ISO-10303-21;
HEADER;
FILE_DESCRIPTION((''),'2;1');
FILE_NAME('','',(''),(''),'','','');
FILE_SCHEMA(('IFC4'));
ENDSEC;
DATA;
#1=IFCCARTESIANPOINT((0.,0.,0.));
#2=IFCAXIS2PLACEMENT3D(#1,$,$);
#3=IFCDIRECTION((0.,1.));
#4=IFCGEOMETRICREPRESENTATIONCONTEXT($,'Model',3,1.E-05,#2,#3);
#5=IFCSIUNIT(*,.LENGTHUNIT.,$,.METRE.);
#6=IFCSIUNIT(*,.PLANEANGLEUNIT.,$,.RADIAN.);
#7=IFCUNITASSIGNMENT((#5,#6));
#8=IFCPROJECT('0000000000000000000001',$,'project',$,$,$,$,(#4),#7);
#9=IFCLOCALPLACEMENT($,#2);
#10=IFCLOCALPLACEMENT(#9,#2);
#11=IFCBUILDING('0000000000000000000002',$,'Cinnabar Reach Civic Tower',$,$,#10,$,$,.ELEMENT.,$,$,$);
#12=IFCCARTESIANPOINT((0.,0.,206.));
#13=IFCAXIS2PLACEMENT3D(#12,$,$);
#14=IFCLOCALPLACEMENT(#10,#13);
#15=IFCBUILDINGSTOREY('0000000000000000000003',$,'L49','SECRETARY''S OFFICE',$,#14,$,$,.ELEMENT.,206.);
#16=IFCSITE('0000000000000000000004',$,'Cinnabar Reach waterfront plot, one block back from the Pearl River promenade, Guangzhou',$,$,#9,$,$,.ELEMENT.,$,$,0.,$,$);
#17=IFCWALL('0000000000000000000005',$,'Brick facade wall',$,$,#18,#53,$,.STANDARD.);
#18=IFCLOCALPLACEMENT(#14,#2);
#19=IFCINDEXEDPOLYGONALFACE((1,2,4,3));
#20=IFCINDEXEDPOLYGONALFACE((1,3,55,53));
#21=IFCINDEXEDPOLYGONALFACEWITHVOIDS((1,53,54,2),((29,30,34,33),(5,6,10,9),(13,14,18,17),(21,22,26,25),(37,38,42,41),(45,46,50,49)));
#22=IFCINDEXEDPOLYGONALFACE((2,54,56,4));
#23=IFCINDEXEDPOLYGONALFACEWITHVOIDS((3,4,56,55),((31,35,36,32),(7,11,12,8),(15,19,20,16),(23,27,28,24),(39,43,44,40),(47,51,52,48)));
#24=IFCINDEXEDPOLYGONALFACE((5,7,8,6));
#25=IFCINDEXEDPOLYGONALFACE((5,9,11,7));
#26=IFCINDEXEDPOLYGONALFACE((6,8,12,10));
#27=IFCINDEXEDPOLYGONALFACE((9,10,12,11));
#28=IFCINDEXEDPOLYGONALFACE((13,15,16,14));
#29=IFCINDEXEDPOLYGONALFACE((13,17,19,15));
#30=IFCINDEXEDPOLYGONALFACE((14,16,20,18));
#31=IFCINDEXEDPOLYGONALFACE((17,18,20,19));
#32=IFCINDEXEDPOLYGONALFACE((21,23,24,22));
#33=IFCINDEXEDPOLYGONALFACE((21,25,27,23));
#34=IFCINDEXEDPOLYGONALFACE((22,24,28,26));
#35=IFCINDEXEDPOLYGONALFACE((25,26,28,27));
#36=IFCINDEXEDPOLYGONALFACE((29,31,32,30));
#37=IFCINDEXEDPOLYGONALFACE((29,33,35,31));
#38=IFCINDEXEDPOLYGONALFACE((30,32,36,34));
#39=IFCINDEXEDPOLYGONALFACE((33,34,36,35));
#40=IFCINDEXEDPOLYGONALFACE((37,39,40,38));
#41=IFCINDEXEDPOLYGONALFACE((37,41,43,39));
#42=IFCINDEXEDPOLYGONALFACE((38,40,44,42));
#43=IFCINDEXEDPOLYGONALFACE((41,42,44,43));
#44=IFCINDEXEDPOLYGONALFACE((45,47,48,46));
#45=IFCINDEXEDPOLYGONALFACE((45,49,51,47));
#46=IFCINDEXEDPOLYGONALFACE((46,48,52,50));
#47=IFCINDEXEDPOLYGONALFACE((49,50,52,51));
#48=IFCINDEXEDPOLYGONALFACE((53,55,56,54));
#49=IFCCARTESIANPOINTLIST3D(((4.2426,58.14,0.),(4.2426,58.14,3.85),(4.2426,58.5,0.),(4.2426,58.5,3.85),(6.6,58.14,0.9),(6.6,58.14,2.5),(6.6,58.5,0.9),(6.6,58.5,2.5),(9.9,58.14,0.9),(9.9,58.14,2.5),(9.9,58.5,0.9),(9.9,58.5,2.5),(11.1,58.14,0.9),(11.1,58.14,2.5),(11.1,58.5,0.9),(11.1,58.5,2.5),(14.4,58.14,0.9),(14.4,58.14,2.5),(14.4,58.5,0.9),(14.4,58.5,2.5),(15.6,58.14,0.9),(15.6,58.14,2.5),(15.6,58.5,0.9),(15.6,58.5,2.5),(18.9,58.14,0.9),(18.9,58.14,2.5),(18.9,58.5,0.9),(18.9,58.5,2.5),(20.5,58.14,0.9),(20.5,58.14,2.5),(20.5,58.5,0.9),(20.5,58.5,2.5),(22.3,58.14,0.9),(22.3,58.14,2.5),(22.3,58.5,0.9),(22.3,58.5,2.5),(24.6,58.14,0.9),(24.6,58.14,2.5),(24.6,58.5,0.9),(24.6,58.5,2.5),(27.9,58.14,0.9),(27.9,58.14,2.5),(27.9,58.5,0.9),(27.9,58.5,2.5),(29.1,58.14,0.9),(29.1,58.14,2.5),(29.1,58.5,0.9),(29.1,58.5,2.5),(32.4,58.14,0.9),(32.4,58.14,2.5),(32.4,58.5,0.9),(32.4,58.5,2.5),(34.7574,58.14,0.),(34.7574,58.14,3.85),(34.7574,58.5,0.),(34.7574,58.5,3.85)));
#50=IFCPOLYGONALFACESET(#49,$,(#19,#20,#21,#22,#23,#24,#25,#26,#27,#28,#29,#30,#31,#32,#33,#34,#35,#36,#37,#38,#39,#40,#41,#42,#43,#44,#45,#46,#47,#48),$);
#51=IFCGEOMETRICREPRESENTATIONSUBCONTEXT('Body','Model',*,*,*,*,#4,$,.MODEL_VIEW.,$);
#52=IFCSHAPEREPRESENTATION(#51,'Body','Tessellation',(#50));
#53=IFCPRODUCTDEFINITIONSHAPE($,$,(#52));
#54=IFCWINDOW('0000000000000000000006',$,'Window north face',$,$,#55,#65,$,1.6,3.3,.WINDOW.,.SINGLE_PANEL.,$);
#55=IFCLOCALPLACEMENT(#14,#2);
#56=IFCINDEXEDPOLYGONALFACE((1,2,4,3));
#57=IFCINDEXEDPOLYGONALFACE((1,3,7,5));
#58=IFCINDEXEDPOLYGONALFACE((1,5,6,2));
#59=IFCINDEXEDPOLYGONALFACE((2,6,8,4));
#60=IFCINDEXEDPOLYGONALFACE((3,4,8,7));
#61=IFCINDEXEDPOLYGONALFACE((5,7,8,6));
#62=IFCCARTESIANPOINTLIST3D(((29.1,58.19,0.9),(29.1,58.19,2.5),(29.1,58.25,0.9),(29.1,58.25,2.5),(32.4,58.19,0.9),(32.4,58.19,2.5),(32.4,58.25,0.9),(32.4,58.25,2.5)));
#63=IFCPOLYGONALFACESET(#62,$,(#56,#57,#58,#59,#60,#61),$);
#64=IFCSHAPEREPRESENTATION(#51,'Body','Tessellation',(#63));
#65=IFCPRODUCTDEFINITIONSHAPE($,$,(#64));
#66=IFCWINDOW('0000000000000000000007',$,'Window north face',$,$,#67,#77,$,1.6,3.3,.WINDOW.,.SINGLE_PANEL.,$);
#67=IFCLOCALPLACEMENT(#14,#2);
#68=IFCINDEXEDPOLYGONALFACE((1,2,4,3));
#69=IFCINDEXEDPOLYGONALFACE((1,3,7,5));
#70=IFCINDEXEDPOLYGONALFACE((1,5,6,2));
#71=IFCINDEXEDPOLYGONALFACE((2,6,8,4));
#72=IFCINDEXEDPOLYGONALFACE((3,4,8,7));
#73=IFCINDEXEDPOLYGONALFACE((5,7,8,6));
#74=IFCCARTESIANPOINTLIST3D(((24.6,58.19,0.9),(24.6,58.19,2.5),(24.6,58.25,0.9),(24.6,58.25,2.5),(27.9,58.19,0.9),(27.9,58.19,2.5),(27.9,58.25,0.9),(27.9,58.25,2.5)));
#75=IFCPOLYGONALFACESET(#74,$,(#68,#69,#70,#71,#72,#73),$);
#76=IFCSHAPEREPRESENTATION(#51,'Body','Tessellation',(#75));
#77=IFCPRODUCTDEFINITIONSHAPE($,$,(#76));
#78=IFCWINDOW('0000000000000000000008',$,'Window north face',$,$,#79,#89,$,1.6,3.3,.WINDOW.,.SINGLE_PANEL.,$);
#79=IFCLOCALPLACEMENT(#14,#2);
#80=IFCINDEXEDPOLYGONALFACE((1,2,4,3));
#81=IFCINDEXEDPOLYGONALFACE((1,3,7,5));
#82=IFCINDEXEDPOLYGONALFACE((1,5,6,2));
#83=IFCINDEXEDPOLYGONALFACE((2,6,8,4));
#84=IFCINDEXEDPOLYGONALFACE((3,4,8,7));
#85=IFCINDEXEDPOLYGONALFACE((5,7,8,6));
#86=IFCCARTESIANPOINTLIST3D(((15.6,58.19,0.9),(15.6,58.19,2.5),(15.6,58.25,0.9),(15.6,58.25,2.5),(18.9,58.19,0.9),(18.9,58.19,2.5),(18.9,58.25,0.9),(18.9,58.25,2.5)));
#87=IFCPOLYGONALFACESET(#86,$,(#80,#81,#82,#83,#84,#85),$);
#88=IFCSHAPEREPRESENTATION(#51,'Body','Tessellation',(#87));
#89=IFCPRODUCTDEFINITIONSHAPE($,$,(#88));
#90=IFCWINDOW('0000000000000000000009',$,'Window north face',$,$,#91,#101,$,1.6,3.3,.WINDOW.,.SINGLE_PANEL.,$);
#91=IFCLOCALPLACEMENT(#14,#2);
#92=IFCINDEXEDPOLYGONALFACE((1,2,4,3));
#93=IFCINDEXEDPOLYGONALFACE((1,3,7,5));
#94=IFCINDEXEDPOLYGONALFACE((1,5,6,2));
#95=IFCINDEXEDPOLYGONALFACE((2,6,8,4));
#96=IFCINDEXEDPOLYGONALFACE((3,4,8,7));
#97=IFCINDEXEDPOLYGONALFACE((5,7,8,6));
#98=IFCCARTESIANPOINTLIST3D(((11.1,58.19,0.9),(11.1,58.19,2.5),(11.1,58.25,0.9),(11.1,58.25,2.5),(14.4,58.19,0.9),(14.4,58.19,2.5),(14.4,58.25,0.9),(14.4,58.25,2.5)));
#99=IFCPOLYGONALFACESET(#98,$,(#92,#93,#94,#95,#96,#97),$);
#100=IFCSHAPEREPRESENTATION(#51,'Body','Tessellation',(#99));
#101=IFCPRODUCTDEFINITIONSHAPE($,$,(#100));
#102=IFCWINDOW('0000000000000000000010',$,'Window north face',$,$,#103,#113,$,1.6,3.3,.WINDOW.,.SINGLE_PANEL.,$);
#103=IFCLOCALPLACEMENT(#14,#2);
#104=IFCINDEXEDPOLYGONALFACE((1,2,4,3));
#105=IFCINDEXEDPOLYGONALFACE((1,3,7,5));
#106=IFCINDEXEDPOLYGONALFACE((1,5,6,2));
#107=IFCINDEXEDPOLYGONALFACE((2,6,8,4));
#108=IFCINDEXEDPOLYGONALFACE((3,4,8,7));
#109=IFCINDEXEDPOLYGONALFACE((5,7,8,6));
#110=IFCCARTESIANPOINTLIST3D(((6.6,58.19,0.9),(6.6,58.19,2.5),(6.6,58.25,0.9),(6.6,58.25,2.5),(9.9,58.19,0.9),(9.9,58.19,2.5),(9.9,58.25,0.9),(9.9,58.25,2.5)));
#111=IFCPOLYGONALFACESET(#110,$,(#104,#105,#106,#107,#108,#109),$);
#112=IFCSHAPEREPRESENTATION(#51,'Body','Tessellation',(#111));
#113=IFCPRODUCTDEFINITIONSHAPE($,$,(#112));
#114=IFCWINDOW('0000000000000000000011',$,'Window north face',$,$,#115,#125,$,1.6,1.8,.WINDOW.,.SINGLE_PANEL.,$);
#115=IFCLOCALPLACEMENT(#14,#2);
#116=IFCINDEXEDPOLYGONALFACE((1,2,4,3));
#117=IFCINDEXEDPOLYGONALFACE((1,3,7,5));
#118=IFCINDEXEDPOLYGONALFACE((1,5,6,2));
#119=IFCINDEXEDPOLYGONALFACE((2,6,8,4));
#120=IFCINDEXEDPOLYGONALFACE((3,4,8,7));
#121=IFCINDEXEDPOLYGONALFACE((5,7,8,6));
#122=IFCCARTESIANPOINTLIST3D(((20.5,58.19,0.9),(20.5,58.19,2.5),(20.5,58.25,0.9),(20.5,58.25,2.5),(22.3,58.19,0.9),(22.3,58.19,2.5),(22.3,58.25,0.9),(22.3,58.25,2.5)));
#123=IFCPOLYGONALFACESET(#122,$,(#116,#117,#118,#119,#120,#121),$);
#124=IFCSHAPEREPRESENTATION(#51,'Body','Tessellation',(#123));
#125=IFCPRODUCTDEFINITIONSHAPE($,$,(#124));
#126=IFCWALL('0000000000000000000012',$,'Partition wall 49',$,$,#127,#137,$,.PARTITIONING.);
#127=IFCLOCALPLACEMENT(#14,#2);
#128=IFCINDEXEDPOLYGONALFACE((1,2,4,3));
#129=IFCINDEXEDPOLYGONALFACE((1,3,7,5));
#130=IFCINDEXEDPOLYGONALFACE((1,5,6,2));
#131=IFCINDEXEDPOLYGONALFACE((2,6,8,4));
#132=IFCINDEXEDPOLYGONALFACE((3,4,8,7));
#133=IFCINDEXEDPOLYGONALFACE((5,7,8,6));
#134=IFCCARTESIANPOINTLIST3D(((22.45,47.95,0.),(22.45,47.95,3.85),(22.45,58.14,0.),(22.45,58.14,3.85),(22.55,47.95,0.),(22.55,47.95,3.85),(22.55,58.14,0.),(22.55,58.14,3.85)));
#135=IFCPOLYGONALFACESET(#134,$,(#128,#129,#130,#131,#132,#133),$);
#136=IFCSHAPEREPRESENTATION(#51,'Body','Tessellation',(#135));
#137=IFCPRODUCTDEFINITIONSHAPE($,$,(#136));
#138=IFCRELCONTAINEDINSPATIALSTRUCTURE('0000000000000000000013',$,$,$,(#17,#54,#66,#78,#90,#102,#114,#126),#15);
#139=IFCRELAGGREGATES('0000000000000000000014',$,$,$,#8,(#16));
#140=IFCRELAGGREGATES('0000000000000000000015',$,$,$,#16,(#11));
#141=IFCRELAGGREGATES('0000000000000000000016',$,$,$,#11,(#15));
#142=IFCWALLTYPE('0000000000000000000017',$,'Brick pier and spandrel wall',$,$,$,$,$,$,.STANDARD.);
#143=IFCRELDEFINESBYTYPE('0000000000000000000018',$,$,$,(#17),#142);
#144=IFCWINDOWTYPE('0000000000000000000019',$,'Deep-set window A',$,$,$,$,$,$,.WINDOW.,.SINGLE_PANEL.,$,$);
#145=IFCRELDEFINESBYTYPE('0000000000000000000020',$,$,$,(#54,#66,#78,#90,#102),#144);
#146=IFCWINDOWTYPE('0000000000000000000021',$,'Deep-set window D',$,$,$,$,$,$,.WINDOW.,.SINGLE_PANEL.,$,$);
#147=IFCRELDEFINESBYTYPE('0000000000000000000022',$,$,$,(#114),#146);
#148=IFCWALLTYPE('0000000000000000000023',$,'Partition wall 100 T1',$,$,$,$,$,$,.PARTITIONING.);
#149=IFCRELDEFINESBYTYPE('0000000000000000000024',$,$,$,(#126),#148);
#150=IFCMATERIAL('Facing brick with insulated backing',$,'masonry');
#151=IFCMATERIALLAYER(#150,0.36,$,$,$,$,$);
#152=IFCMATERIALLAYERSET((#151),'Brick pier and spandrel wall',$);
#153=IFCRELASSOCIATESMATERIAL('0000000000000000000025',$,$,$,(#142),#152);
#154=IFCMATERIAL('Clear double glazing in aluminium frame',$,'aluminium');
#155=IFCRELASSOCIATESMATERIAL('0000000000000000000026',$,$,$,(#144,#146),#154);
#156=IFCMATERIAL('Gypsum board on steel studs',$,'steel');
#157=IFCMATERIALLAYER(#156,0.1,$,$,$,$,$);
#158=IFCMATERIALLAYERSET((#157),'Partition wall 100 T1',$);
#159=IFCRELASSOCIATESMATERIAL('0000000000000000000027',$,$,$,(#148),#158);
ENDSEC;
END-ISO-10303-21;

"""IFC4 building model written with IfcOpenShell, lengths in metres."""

from ifc_helpers import new_model, si_unit, direction, frame, frame_2d, origin, place, context, subcontext, project, spatial, rectangle, extrude, material, layer, layer_set, type_object, element, fill, save


model = new_model("IFC4")

# Units and contexts
model_context = context("Model", 3, precision=1e-05, world=origin(), true_north=direction((0.0, 1.0)))
body_context = subcontext(model_context, "Body", "Model", "MODEL_VIEW")
ifc_project = project(units=[si_unit("LENGTHUNIT", "METRE"), si_unit("PLANEANGLEUNIT", "RADIAN")], contexts=[model_context])

# Site, building, storey
site_placement = place(None, origin())
site = spatial("IfcSite", under=ifc_project, at=site_placement, Name="Cinnabar Reach waterfront plot, one block back from the Pearl River promenade, Guangzhou", CompositionType="ELEMENT", RefElevation=0.0)
building_placement = place(site_placement, origin())
building = spatial("IfcBuilding", under=site, at=building_placement, Name="Cinnabar Reach Civic Tower", CompositionType="ELEMENT")
storey_placement = place(building_placement, frame((0.0, 0.0, 206.0)))
storey = spatial("IfcBuildingStorey", under=building, at=storey_placement, Name="L49", Description="SECRETARY'S OFFICE", CompositionType="ELEMENT", Elevation=206.0)

# Wall, openings, windows
ifc_material_1 = material(Name="Facing brick with insulated backing", Category="masonry")
ifc_layer_1 = layer(ifc_material_1, 0.36)
ifc_layer_set_1 = layer_set([ifc_layer_1], Name="Brick pier and spandrel wall")
wall_type_1 = type_object("IfcWallType", Name="Brick pier and spandrel wall", PredefinedType="STANDARD", material=ifc_layer_set_1)
wall_1_placement = place(storey_placement, frame((34.7574, 58.32, 0.0), z_axis=(0.0, 0.0, 1.0), x_axis=(-1.0, 0.0, 0.0)))
wall_1 = element("IfcWall", 1, at=wall_1_placement, inside=storey, type_object=wall_type_1, Name="Brick facade wall", PredefinedType="STANDARD", context=body_context, shape_type="SweptSolid", body=[
    extrude(rectangle(XDim=30.5148, YDim=0.36, at=frame_2d((15.2574, 0.0))), origin(), (0.0, 0.0, 1.0), 3.85),
])
opening_1_placement = place(wall_1_placement, frame((2.3574, 0.0, 0.9)))
opening_1 = element("IfcOpeningElement", 2, at=opening_1_placement, cuts=wall_1, PredefinedType="OPENING", context=body_context, shape_type="SweptSolid", body=[
    extrude(rectangle(XDim=3.3, YDim=1.6, at=frame_2d((1.65, 0.8))), frame((0.0, 0.19, 0.0), z_axis=(0.0, -1.0, 0.0), x_axis=(1.0, 0.0, 0.0)), (0.0, 0.0, 1.0), 0.38),
])
opening_2_placement = place(wall_1_placement, frame((6.8574, 0.0, 0.9)))
opening_2 = element("IfcOpeningElement", 3, at=opening_2_placement, cuts=wall_1, PredefinedType="OPENING", context=body_context, shape_type="SweptSolid", body=[
    extrude(rectangle(XDim=3.3, YDim=1.6, at=frame_2d((1.65, 0.8))), frame((0.0, 0.19, 0.0), z_axis=(0.0, -1.0, 0.0), x_axis=(1.0, 0.0, 0.0)), (0.0, 0.0, 1.0), 0.38),
])
opening_3_placement = place(wall_1_placement, frame((12.4574, 0.0, 0.9)))
opening_3 = element("IfcOpeningElement", 4, at=opening_3_placement, cuts=wall_1, PredefinedType="OPENING", context=body_context, shape_type="SweptSolid", body=[
    extrude(rectangle(XDim=1.8, YDim=1.6, at=frame_2d((0.9, 0.8))), frame((0.0, 0.19, 0.0), z_axis=(0.0, -1.0, 0.0), x_axis=(1.0, 0.0, 0.0)), (0.0, 0.0, 1.0), 0.38),
])
opening_4_placement = place(wall_1_placement, frame((15.8574, 0.0, 0.9)))
opening_4 = element("IfcOpeningElement", 5, at=opening_4_placement, cuts=wall_1, PredefinedType="OPENING", context=body_context, shape_type="SweptSolid", body=[
    extrude(rectangle(XDim=3.3, YDim=1.6, at=frame_2d((1.65, 0.8))), frame((0.0, 0.19, 0.0), z_axis=(0.0, -1.0, 0.0), x_axis=(1.0, 0.0, 0.0)), (0.0, 0.0, 1.0), 0.38),
])
opening_5_placement = place(wall_1_placement, frame((20.3574, 0.0, 0.9)))
opening_5 = element("IfcOpeningElement", 6, at=opening_5_placement, cuts=wall_1, PredefinedType="OPENING", context=body_context, shape_type="SweptSolid", body=[
    extrude(rectangle(XDim=3.3, YDim=1.6, at=frame_2d((1.65, 0.8))), frame((0.0, 0.19, 0.0), z_axis=(0.0, -1.0, 0.0), x_axis=(1.0, 0.0, 0.0)), (0.0, 0.0, 1.0), 0.38),
])
opening_6_placement = place(wall_1_placement, frame((24.8574, 0.0, 0.9)))
opening_6 = element("IfcOpeningElement", 7, at=opening_6_placement, cuts=wall_1, PredefinedType="OPENING", context=body_context, shape_type="SweptSolid", body=[
    extrude(rectangle(XDim=3.3, YDim=1.6, at=frame_2d((1.65, 0.8))), frame((0.0, 0.19, 0.0), z_axis=(0.0, -1.0, 0.0), x_axis=(1.0, 0.0, 0.0)), (0.0, 0.0, 1.0), 0.38),
])
ifc_material_2 = material(Name="Clear double glazing in aluminium frame", Category="aluminium")
window_type_1 = type_object("IfcWindowType", Name="Deep-set window A", PartitioningType="SINGLE_PANEL", PredefinedType="WINDOW", material=ifc_material_2)
window_1_placement = place(opening_1_placement, origin())
window_1 = element("IfcWindow", 8, at=window_1_placement, inside=storey, type_object=window_type_1, Name="Window north face", OverallHeight=1.6, OverallWidth=3.3, PartitioningType="SINGLE_PANEL", PredefinedType="WINDOW", context=body_context, shape_type="SweptSolid", body=[
    extrude(rectangle(XDim=3.3, YDim=1.6, at=frame_2d((1.65, 0.8))), frame((0.0, 0.13, 0.0), z_axis=(0.0, -1.0, 0.0), x_axis=(1.0, 0.0, 0.0)), (0.0, 0.0, 1.0), 0.06),
])
fill(opening_1, window_1)
window_2_placement = place(opening_2_placement, origin())
window_2 = element("IfcWindow", 9, at=window_2_placement, inside=storey, type_object=window_type_1, Name="Window north face", OverallHeight=1.6, OverallWidth=3.3, PartitioningType="SINGLE_PANEL", PredefinedType="WINDOW", context=body_context, shape_type="SweptSolid", body=[
    extrude(rectangle(XDim=3.3, YDim=1.6, at=frame_2d((1.65, 0.8))), frame((0.0, 0.13, 0.0), z_axis=(0.0, -1.0, 0.0), x_axis=(1.0, 0.0, 0.0)), (0.0, 0.0, 1.0), 0.06),
])
fill(opening_2, window_2)
window_3_placement = place(opening_4_placement, origin())
window_3 = element("IfcWindow", 10, at=window_3_placement, inside=storey, type_object=window_type_1, Name="Window north face", OverallHeight=1.6, OverallWidth=3.3, PartitioningType="SINGLE_PANEL", PredefinedType="WINDOW", context=body_context, shape_type="SweptSolid", body=[
    extrude(rectangle(XDim=3.3, YDim=1.6, at=frame_2d((1.65, 0.8))), frame((0.0, 0.13, 0.0), z_axis=(0.0, -1.0, 0.0), x_axis=(1.0, 0.0, 0.0)), (0.0, 0.0, 1.0), 0.06),
])
fill(opening_4, window_3)
window_4_placement = place(opening_5_placement, origin())
window_4 = element("IfcWindow", 11, at=window_4_placement, inside=storey, type_object=window_type_1, Name="Window north face", OverallHeight=1.6, OverallWidth=3.3, PartitioningType="SINGLE_PANEL", PredefinedType="WINDOW", context=body_context, shape_type="SweptSolid", body=[
    extrude(rectangle(XDim=3.3, YDim=1.6, at=frame_2d((1.65, 0.8))), frame((0.0, 0.13, 0.0), z_axis=(0.0, -1.0, 0.0), x_axis=(1.0, 0.0, 0.0)), (0.0, 0.0, 1.0), 0.06),
])
fill(opening_5, window_4)
window_5_placement = place(opening_6_placement, origin())
window_5 = element("IfcWindow", 12, at=window_5_placement, inside=storey, type_object=window_type_1, Name="Window north face", OverallHeight=1.6, OverallWidth=3.3, PartitioningType="SINGLE_PANEL", PredefinedType="WINDOW", context=body_context, shape_type="SweptSolid", body=[
    extrude(rectangle(XDim=3.3, YDim=1.6, at=frame_2d((1.65, 0.8))), frame((0.0, 0.13, 0.0), z_axis=(0.0, -1.0, 0.0), x_axis=(1.0, 0.0, 0.0)), (0.0, 0.0, 1.0), 0.06),
])
fill(opening_6, window_5)
window_type_2 = type_object("IfcWindowType", Name="Deep-set window D", PartitioningType="SINGLE_PANEL", PredefinedType="WINDOW", material=ifc_material_2)
window_6_placement = place(opening_3_placement, origin())
window_6 = element("IfcWindow", 13, at=window_6_placement, inside=storey, type_object=window_type_2, Name="Window north face", OverallHeight=1.6, OverallWidth=1.8, PartitioningType="SINGLE_PANEL", PredefinedType="WINDOW", context=body_context, shape_type="SweptSolid", body=[
    extrude(rectangle(XDim=1.8, YDim=1.6, at=frame_2d((0.9, 0.8))), frame((0.0, 0.13, 0.0), z_axis=(0.0, -1.0, 0.0), x_axis=(1.0, 0.0, 0.0)), (0.0, 0.0, 1.0), 0.06),
])
fill(opening_3, window_6)

# Wall
ifc_material_3 = material(Name="Gypsum board on steel studs", Category="steel")
ifc_layer_2 = layer(ifc_material_3, 0.1)
ifc_layer_set_2 = layer_set([ifc_layer_2], Name="Partition wall 100 T1")
wall_type_2 = type_object("IfcWallType", Name="Partition wall 100 T1", PredefinedType="PARTITIONING", material=ifc_layer_set_2)
wall_2_placement = place(storey_placement, frame((22.5, 47.95, 0.0), z_axis=(0.0, 0.0, 1.0), x_axis=(0.0, 1.0, 0.0)))
element("IfcWall", 14, at=wall_2_placement, inside=storey, type_object=wall_type_2, Name="Partition wall 49", PredefinedType="PARTITIONING", context=body_context, shape_type="SweptSolid", body=[
    extrude(rectangle(XDim=10.19, YDim=0.1, at=frame_2d((5.095, 0.0))), origin(), (0.0, 0.0, 1.0), 3.85),
])

save(model, "model.ifc")
